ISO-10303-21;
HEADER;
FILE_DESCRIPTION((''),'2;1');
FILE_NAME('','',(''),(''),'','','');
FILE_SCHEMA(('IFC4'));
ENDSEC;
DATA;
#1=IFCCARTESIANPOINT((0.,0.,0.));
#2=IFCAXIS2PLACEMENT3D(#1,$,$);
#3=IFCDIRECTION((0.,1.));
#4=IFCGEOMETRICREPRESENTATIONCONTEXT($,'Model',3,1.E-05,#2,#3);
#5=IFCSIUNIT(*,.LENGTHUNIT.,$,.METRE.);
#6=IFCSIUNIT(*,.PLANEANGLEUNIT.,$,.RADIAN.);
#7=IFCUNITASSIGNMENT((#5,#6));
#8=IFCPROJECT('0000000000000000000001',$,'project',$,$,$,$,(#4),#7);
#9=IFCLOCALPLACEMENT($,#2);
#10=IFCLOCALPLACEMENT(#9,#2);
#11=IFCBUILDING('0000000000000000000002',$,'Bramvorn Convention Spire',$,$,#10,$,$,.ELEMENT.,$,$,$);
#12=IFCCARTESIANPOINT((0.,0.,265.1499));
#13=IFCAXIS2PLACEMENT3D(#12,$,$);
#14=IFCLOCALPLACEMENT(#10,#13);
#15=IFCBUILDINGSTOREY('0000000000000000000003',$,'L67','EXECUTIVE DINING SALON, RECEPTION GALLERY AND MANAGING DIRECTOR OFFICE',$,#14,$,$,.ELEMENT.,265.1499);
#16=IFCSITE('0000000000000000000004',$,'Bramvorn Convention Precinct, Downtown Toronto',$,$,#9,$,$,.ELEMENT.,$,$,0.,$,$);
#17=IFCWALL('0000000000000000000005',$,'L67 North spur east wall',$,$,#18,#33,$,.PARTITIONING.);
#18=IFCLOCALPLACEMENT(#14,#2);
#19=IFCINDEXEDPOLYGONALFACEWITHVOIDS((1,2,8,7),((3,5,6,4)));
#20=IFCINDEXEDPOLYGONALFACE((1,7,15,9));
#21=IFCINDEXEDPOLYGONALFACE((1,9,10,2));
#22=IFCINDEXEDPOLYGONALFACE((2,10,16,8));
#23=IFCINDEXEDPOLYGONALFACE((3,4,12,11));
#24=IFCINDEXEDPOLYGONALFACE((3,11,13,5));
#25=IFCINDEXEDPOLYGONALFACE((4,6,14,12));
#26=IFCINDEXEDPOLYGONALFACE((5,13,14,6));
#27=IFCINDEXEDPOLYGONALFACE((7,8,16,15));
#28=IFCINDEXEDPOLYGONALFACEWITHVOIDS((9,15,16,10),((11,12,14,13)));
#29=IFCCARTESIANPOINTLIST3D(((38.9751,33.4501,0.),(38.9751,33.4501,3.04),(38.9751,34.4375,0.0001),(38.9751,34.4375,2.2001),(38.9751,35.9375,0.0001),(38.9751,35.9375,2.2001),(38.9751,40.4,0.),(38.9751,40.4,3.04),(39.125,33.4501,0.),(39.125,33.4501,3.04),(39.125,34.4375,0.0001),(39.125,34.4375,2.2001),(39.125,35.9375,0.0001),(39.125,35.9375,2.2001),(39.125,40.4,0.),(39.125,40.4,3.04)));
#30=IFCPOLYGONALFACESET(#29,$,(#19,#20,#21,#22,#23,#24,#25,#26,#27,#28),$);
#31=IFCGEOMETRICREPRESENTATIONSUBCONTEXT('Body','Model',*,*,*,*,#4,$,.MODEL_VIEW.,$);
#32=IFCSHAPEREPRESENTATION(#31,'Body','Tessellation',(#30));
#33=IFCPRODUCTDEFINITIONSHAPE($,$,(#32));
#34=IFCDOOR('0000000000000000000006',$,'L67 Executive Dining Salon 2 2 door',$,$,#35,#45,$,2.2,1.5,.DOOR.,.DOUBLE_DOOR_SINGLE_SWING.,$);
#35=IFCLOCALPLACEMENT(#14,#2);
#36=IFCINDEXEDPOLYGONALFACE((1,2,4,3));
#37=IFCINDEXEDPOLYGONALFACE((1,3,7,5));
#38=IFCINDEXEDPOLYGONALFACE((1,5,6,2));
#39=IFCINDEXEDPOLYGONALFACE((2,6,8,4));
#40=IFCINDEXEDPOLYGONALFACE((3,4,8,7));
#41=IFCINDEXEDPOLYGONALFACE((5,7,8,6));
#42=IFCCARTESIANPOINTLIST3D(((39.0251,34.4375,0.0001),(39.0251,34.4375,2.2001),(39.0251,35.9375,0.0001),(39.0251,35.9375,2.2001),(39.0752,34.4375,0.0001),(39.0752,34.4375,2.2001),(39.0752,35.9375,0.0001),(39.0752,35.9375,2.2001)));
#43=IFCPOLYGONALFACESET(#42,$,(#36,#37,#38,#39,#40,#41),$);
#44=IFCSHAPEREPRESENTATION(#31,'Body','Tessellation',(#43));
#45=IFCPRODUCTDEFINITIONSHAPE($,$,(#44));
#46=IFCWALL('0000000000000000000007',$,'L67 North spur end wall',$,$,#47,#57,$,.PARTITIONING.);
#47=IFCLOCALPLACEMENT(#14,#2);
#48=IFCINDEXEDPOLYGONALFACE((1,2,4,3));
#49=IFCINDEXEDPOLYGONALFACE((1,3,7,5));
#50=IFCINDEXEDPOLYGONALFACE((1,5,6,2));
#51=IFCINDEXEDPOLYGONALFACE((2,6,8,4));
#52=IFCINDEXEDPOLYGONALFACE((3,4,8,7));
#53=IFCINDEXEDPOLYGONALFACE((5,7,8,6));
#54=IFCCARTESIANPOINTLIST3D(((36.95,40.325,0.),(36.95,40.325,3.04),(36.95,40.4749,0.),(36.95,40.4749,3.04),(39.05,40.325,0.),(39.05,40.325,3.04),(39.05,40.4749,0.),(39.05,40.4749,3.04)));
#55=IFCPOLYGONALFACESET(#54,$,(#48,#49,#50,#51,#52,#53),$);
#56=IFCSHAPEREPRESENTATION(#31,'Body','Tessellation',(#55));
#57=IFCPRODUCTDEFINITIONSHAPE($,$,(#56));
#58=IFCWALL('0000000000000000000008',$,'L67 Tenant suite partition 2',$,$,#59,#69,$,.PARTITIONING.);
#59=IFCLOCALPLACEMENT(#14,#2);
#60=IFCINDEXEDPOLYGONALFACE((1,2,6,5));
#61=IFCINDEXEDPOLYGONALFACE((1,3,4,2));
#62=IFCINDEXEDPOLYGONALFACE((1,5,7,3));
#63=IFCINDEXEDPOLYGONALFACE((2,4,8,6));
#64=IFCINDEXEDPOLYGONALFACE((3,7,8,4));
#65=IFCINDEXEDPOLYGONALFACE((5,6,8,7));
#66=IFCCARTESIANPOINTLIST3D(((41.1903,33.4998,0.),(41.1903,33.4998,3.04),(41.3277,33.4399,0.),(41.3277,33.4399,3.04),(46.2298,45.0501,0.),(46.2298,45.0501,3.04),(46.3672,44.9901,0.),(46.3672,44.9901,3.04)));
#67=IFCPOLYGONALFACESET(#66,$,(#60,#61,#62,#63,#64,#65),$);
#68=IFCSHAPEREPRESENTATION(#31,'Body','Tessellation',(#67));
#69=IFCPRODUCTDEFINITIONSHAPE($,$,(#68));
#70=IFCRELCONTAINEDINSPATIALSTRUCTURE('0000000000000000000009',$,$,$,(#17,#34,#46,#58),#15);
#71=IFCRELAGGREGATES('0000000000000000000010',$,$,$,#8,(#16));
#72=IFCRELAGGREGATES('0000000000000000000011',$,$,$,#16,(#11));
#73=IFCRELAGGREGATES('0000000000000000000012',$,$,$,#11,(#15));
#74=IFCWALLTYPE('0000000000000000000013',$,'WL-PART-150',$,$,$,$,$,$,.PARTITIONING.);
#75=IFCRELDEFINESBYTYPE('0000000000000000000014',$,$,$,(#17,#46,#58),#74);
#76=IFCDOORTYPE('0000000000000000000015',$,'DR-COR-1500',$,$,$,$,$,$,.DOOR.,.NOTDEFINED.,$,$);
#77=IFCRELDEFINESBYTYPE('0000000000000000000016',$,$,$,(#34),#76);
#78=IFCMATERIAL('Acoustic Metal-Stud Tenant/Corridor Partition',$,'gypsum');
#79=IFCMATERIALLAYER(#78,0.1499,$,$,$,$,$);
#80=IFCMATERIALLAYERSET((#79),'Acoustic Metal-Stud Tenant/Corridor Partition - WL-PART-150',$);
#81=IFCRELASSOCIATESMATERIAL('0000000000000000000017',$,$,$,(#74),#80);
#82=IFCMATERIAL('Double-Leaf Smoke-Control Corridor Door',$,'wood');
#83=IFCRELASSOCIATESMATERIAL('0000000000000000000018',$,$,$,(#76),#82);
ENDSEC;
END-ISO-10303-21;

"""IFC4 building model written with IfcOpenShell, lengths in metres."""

from ifc_helpers import new_model, si_unit, direction, frame, frame_2d, origin, place, context, subcontext, project, spatial, rectangle, extrude, material, layer, layer_set, type_object, element, fill, save


model = new_model("IFC4")

# Units and contexts
model_context = context("Model", 3, precision=1e-05, world=origin(), true_north=direction((0.0, 1.0)))
body_context = subcontext(model_context, "Body", "Model", "MODEL_VIEW")
ifc_project = project(units=[si_unit("LENGTHUNIT", "METRE"), si_unit("PLANEANGLEUNIT", "RADIAN")], contexts=[model_context])

# Site, building, storey
site_placement = place(None, origin())
site = spatial("IfcSite", under=ifc_project, at=site_placement, Name="Bramvorn Convention Precinct, Downtown Toronto", CompositionType="ELEMENT", RefElevation=0.0)
building_placement = place(site_placement, origin())
building = spatial("IfcBuilding", under=site, at=building_placement, Name="Bramvorn Convention Spire", CompositionType="ELEMENT")
storey_placement = place(building_placement, frame((0.0, 0.0, 265.1499)))
storey = spatial("IfcBuildingStorey", under=building, at=storey_placement, Name="L67", Description="EXECUTIVE DINING SALON, RECEPTION GALLERY AND MANAGING DIRECTOR OFFICE", CompositionType="ELEMENT", Elevation=265.1499)

# Shared definitions
ifc_material_1 = material(Name="Acoustic Metal-Stud Tenant/Corridor Partition", Category="gypsum")
ifc_layer_1 = layer(ifc_material_1, 0.1499)
ifc_layer_set_1 = layer_set([ifc_layer_1], Name="Acoustic Metal-Stud Tenant/Corridor Partition - WL-PART-150")
wall_type_1 = type_object("IfcWallType", Name="WL-PART-150", PredefinedType="PARTITIONING", material=ifc_layer_set_1)

# Wall, opening, door
wall_1_placement = place(storey_placement, frame((39.05, 33.45, 0.0), z_axis=(0.0, 0.0, 1.0), x_axis=(0.0, 1.0, 0.0)))
wall_1 = element("IfcWall", 1, at=wall_1_placement, inside=storey, type_object=wall_type_1, Name="L67 North spur east wall", PredefinedType="PARTITIONING", context=body_context, shape_type="SweptSolid", body=[
    extrude(rectangle(XDim=6.95, YDim=0.1499, at=frame_2d((3.4751, 0.0))), origin(), (0.0, 0.0, 1.0), 3.04),
])
opening_1_placement = place(wall_1_placement, frame((0.9875, 0.0, 0.0)))
opening_1 = element("IfcOpeningElement", 2, at=opening_1_placement, cuts=wall_1, PredefinedType="OPENING", context=body_context, shape_type="SweptSolid", body=[
    extrude(rectangle(XDim=1.5, YDim=2.2, at=frame_2d((0.75, 1.1001))), frame((0.0, 0.085, 0.0), z_axis=(0.0, -1.0, 0.0), x_axis=(1.0, 0.0, 0.0)), (0.0, 0.0, 1.0), 0.1699),
])
ifc_material_2 = material(Name="Double-Leaf Smoke-Control Corridor Door", Category="wood")
door_type_1 = type_object("IfcDoorType", Name="DR-COR-1500", OperationType="NOTDEFINED", PredefinedType="DOOR", material=ifc_material_2)
door_1_placement = place(opening_1_placement, origin())
door_1 = element("IfcDoor", 3, at=door_1_placement, inside=storey, type_object=door_type_1, Name="L67 Executive Dining Salon 2 2 door", OperationType="DOUBLE_DOOR_SINGLE_SWING", OverallHeight=2.2, OverallWidth=1.5, PredefinedType="DOOR", context=body_context, shape_type="SweptSolid", body=[
    extrude(rectangle(XDim=1.5, YDim=2.2, at=frame_2d((0.75, 1.1001))), frame((0.0, 0.0249, 0.0), z_axis=(0.0, -1.0, 0.0), x_axis=(1.0, 0.0, 0.0)), (0.0, 0.0, 1.0), 0.05),
])
fill(opening_1, door_1)

# Walls
wall_2_placement = place(storey_placement, frame((36.95, 40.3999, 0.0), z_axis=(0.0, 0.0, 1.0), x_axis=(1.0, 0.0, 0.0)))
element("IfcWall", 4, at=wall_2_placement, inside=storey, type_object=wall_type_1, Name="L67 North spur end wall", PredefinedType="PARTITIONING", context=body_context, shape_type="SweptSolid", body=[
    extrude(rectangle(XDim=2.1001, YDim=0.1499, at=frame_2d((1.05, 0.0))), origin(), (0.0, 0.0, 1.0), 3.04),
])
wall_3_placement = place(storey_placement, frame((41.259, 33.47, 0.0), z_axis=(0.0, 0.0, 1.0), x_axis=(0.399906, 0.916556, 0.0)))
element("IfcWall", 5, at=wall_3_placement, inside=storey, type_object=wall_type_1, Name="L67 Tenant suite partition 2", PredefinedType="PARTITIONING", context=body_context, shape_type="SweptSolid", body=[
    extrude(rectangle(XDim=12.6018, YDim=0.1499, at=frame_2d((6.3008, 0.0))), origin(), (0.0, 0.0, 1.0), 3.04),
])

save(model, "model.ifc")
